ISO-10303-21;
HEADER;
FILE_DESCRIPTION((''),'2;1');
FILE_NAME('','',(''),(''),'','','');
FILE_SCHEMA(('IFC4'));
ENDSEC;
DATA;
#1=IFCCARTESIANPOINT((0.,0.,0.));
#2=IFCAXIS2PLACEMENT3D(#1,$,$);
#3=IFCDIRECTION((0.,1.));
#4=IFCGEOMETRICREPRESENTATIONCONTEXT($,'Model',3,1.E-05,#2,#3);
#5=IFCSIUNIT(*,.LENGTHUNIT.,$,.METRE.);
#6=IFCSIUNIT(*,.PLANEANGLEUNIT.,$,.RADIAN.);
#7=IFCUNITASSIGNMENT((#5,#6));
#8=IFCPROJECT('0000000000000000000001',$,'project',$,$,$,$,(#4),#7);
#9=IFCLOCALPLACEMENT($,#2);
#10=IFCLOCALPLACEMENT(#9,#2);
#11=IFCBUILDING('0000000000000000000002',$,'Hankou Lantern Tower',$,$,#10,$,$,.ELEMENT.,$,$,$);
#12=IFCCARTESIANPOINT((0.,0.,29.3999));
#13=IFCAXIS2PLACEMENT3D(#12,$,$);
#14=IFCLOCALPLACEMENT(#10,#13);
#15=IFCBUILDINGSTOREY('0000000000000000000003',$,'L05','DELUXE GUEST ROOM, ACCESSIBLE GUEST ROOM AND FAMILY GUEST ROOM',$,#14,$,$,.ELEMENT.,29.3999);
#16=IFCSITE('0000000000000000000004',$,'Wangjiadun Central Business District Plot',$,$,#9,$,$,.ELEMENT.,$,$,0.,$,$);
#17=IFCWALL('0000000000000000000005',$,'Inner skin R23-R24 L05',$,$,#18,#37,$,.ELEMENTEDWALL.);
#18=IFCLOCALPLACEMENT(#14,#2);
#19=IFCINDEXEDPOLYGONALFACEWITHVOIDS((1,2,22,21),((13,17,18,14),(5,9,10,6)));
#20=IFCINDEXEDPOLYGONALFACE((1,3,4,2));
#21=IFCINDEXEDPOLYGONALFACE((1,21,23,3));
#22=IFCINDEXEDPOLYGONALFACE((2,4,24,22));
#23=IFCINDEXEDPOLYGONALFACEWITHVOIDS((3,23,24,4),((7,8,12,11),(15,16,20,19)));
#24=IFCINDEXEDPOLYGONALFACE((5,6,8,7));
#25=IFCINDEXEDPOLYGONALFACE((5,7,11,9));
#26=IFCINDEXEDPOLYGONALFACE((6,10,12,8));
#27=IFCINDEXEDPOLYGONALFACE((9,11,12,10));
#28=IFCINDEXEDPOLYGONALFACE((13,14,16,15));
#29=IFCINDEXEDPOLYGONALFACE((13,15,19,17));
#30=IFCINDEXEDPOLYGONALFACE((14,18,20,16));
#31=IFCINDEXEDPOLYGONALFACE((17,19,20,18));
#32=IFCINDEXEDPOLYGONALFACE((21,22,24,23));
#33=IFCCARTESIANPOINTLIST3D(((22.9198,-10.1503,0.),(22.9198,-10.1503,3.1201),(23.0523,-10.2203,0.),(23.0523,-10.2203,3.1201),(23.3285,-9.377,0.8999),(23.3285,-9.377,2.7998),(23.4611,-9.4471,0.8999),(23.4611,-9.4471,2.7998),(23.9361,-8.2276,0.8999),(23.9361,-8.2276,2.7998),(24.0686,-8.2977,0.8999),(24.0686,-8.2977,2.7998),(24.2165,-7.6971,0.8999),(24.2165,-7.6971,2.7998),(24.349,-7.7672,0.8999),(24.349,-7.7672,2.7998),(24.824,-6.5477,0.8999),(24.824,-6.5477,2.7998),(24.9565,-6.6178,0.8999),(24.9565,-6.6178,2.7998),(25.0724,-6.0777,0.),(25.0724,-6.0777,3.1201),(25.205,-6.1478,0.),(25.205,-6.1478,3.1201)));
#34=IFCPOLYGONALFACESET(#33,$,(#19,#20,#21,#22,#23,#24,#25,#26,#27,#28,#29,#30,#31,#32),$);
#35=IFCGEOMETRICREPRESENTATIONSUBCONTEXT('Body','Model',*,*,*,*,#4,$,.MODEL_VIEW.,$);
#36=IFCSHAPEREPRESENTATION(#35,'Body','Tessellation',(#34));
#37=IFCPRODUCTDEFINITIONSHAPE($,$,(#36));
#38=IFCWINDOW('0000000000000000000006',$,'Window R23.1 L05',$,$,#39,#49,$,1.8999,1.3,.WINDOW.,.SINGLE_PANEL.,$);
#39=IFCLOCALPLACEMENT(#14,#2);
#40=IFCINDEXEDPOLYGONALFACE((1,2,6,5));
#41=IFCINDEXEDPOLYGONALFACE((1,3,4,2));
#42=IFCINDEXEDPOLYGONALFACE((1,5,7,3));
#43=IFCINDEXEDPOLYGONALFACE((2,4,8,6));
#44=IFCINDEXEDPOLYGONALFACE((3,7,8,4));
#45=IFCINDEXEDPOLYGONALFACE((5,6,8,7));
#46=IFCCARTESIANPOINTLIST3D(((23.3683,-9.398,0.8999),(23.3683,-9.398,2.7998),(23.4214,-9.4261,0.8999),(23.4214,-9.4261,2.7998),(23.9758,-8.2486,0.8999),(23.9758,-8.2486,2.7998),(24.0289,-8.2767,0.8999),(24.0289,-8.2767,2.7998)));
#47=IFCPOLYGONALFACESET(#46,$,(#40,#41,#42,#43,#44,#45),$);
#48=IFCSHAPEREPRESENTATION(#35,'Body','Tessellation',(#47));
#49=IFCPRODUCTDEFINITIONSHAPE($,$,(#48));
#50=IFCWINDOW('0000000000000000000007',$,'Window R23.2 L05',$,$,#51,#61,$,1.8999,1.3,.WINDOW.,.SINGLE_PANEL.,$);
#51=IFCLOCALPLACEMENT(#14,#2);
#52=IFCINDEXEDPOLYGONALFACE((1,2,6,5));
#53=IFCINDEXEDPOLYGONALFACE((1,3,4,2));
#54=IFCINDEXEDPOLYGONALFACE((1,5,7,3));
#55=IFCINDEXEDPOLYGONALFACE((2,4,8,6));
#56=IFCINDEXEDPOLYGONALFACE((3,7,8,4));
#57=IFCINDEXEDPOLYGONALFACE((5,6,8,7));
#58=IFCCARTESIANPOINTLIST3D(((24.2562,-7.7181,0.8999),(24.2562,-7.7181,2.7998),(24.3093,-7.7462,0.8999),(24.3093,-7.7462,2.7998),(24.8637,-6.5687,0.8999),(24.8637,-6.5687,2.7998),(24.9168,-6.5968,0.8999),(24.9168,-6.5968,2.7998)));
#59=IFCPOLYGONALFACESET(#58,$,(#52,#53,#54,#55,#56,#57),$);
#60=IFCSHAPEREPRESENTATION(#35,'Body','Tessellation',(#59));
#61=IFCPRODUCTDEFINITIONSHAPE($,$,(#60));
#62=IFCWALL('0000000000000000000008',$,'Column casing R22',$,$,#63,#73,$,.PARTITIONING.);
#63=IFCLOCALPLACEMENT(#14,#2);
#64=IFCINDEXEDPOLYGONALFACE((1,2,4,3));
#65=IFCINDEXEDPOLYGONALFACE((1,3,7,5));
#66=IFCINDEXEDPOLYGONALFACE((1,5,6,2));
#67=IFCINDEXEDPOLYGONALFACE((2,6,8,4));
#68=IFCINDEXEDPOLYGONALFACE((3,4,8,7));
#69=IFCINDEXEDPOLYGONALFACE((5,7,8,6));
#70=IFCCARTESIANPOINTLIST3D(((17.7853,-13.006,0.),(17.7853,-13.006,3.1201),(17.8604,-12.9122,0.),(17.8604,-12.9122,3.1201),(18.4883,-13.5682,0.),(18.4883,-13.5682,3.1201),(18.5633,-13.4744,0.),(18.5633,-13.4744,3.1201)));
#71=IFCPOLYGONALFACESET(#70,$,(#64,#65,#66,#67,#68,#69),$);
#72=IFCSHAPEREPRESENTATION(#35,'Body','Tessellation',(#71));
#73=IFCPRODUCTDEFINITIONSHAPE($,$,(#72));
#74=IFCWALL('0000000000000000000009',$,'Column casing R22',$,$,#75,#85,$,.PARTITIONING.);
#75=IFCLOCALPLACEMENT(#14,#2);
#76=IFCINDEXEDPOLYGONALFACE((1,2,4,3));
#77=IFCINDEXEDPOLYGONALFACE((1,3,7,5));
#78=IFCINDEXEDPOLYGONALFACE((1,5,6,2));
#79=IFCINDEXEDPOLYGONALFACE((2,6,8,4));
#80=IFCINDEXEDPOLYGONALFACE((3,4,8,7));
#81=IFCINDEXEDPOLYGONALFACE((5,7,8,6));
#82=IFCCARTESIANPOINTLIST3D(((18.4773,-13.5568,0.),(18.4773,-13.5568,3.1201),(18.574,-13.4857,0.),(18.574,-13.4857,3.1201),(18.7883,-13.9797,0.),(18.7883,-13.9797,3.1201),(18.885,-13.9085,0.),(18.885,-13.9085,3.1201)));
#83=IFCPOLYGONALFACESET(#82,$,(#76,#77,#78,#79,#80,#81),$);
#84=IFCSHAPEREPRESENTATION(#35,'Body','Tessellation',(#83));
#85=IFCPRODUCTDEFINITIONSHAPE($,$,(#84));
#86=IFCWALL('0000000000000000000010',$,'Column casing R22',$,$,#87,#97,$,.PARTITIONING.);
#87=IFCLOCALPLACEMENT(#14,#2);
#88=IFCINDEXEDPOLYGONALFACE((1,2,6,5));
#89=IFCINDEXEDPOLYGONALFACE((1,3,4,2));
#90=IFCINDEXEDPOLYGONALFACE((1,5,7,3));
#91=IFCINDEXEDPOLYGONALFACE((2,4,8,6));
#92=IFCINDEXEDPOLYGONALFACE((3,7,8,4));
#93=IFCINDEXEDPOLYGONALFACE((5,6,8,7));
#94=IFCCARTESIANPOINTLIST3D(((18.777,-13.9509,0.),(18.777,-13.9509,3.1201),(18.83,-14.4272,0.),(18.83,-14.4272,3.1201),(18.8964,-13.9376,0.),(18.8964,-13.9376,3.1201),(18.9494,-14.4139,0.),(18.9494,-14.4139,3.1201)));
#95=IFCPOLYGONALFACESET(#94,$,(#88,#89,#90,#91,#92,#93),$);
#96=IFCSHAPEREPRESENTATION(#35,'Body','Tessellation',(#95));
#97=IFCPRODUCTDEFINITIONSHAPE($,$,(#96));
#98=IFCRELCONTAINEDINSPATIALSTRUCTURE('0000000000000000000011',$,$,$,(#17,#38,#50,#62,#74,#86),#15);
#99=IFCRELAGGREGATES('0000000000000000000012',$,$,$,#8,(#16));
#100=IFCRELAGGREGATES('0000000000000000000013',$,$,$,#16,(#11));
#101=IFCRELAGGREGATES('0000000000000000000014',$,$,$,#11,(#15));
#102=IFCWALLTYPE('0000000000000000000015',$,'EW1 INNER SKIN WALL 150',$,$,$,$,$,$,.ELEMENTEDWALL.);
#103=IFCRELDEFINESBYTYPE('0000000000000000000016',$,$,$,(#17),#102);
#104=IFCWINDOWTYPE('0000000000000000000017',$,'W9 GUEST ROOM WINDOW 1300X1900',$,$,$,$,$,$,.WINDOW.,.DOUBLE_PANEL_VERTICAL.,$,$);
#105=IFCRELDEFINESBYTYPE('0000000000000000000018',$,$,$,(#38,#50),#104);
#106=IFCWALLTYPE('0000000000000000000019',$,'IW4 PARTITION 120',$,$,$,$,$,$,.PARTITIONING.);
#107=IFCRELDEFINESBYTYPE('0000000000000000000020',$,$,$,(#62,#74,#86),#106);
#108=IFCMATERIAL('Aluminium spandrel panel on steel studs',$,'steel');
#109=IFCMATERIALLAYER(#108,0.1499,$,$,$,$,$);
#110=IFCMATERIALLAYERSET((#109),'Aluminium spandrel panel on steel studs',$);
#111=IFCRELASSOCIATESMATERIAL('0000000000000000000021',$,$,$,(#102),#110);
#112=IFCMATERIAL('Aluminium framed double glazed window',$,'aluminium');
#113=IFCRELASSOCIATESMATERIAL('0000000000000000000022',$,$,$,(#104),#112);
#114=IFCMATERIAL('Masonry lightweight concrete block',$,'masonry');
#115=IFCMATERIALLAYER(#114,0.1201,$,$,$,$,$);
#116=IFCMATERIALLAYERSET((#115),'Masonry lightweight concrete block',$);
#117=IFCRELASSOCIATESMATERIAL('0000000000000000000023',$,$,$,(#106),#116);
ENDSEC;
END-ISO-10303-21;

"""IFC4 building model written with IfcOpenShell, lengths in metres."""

from ifc_helpers import new_model, si_unit, direction, frame, frame_2d, origin, place, context, subcontext, project, spatial, rectangle, extrude, material, layer, layer_set, type_object, element, fill, save


model = new_model("IFC4")

# Units and contexts
model_context = context("Model", 3, precision=1e-05, world=origin(), true_north=direction((0.0, 1.0)))
body_context = subcontext(model_context, "Body", "Model", "MODEL_VIEW")
ifc_project = project(units=[si_unit("LENGTHUNIT", "METRE"), si_unit("PLANEANGLEUNIT", "RADIAN")], contexts=[model_context])

# Site, building, storey
site_placement = place(None, origin())
site = spatial("IfcSite", under=ifc_project, at=site_placement, Name="Wangjiadun Central Business District Plot", CompositionType="ELEMENT", RefElevation=0.0)
building_placement = place(site_placement, origin())
building = spatial("IfcBuilding", under=site, at=building_placement, Name="Hankou Lantern Tower", CompositionType="ELEMENT")
storey_placement = place(building_placement, frame((0.0, 0.0, 29.3999)))
storey = spatial("IfcBuildingStorey", under=building, at=storey_placement, Name="L05", Description="DELUXE GUEST ROOM, ACCESSIBLE GUEST ROOM AND FAMILY GUEST ROOM", CompositionType="ELEMENT", Elevation=29.3999)

# Wall, openings, windows
ifc_material_1 = material(Name="Aluminium spandrel panel on steel studs", Category="steel")
ifc_layer_1 = layer(ifc_material_1, 0.1499)
ifc_layer_set_1 = layer_set([ifc_layer_1], Name="Aluminium spandrel panel on steel studs")
wall_type_1 = type_object("IfcWallType", Name="EW1 INNER SKIN WALL 150", PredefinedType="ELEMENTEDWALL", material=ifc_layer_set_1)
ifc_material_2 = material(Name="Aluminium framed double glazed window", Category="aluminium")
window_type = type_object("IfcWindowType", Name="W9 GUEST ROOM WINDOW 1300X1900", PartitioningType="DOUBLE_PANEL_VERTICAL", PredefinedType="WINDOW", material=ifc_material_2)
wall_1_placement = place(storey_placement, frame((22.9861, -10.1853, 0.0), z_axis=(0.0, 0.0, 1.0), x_axis=(0.467303, 0.884097, 0.0)))
wall_1 = element("IfcWall", 1, at=wall_1_placement, inside=storey, type_object=wall_type_1, Name="Inner skin R23-R24 L05", PredefinedType="ELEMENTEDWALL", context=body_context, shape_type="SweptSolid", body=[
    extrude(rectangle(XDim=4.6064, YDim=0.1499, at=frame_2d((2.3032, 0.0))), origin(), (0.0, 0.0, 1.0), 3.1201),
])
opening_1_placement = place(wall_1_placement, frame((0.8748, 0.0, 0.8999)))
opening_1 = element("IfcOpeningElement", 2, at=opening_1_placement, cuts=wall_1, PredefinedType="OPENING", context=body_context, shape_type="SweptSolid", body=[
    extrude(rectangle(XDim=1.3, YDim=1.8999, at=frame_2d((0.6499, 0.95))), frame((0.0, 0.085, 0.0), z_axis=(0.0, -1.0, 0.0), x_axis=(1.0, 0.0, 0.0)), (0.0, 0.0, 1.0), 0.1699),
])
opening_2_placement = place(wall_1_placement, frame((2.7749, 0.0, 0.8999)))
opening_2 = element("IfcOpeningElement", 3, at=opening_2_placement, cuts=wall_1, PredefinedType="OPENING", context=body_context, shape_type="SweptSolid", body=[
    extrude(rectangle(XDim=1.3, YDim=1.8999, at=frame_2d((0.6499, 0.95))), frame((0.0, 0.085, 0.0), z_axis=(0.0, -1.0, 0.0), x_axis=(1.0, 0.0, 0.0)), (0.0, 0.0, 1.0), 0.1699),
])
window_1_placement = place(opening_1_placement, origin())
window_1 = element("IfcWindow", 4, at=window_1_placement, inside=storey, type_object=window_type, Name="Window R23.1 L05", OverallHeight=1.8999, OverallWidth=1.3, PartitioningType="SINGLE_PANEL", PredefinedType="WINDOW", context=body_context, shape_type="SweptSolid", body=[
    extrude(rectangle(XDim=1.3, YDim=1.8999, at=frame_2d((0.6499, 0.95))), frame((0.0, 0.03, 0.0), z_axis=(0.0, -1.0, 0.0), x_axis=(1.0, 0.0, 0.0)), (0.0, 0.0, 1.0), 0.0601),
])
fill(opening_1, window_1)
window_2_placement = place(opening_2_placement, origin())
window_2 = element("IfcWindow", 5, at=window_2_placement, inside=storey, type_object=window_type, Name="Window R23.2 L05", OverallHeight=1.8999, OverallWidth=1.3, PartitioningType="SINGLE_PANEL", PredefinedType="WINDOW", context=body_context, shape_type="SweptSolid", body=[
    extrude(rectangle(XDim=1.3, YDim=1.8999, at=frame_2d((0.6499, 0.95))), frame((0.0, 0.03, 0.0), z_axis=(0.0, -1.0, 0.0), x_axis=(1.0, 0.0, 0.0)), (0.0, 0.0, 1.0), 0.0601),
])
fill(opening_2, window_2)

# Walls
ifc_material_3 = material(Name="Masonry lightweight concrete block", Category="masonry")
ifc_layer_2 = layer(ifc_material_3, 0.1201)
ifc_layer_set_2 = layer_set([ifc_layer_2], Name="Masonry lightweight concrete block")
wall_type_2 = type_object("IfcWallType", Name="IW4 PARTITION 120", PredefinedType="PARTITIONING", material=ifc_layer_set_2)
wall_2_placement = place(storey_placement, frame((17.8228, -12.959, 0.0), z_axis=(0.0, 0.0, 1.0), x_axis=(0.780895, -0.624662, 0.0)))
element("IfcWall", 6, at=wall_2_placement, inside=storey, type_object=wall_type_2, Name="Column casing R22", PredefinedType="PARTITIONING", context=body_context, shape_type="SweptSolid", body=[
    extrude(rectangle(XDim=0.9001, YDim=0.1201, at=frame_2d((0.4502, 0.0))), origin(), (0.0, 0.0, 1.0), 3.1201),
])
wall_3_placement = place(storey_placement, frame((18.5256, -13.5212, 0.0), z_axis=(0.0, 0.0, 1.0), x_axis=(0.592533, -0.805547, 0.0)))
element("IfcWall", 7, at=wall_3_placement, inside=storey, type_object=wall_type_2, Name="Column casing R22", PredefinedType="PARTITIONING", context=body_context, shape_type="SweptSolid", body=[
    extrude(rectangle(XDim=0.5249, YDim=0.1201, at=frame_2d((0.2625, 0.0))), origin(), (0.0, 0.0, 1.0), 3.1201),
])
wall_4_placement = place(storey_placement, frame((18.8367, -13.9441, 0.0), z_axis=(0.0, 0.0, 1.0), x_axis=(0.110543, -0.993871, 0.0)))
element("IfcWall", 8, at=wall_4_placement, inside=storey, type_object=wall_type_2, Name="Column casing R22", PredefinedType="PARTITIONING", context=body_context, shape_type="SweptSolid", body=[
    extrude(rectangle(XDim=0.4792, YDim=0.1201, at=frame_2d((0.2397, 0.0))), origin(), (0.0, 0.0, 1.0), 3.1201),
])

save(model, "model.ifc")
